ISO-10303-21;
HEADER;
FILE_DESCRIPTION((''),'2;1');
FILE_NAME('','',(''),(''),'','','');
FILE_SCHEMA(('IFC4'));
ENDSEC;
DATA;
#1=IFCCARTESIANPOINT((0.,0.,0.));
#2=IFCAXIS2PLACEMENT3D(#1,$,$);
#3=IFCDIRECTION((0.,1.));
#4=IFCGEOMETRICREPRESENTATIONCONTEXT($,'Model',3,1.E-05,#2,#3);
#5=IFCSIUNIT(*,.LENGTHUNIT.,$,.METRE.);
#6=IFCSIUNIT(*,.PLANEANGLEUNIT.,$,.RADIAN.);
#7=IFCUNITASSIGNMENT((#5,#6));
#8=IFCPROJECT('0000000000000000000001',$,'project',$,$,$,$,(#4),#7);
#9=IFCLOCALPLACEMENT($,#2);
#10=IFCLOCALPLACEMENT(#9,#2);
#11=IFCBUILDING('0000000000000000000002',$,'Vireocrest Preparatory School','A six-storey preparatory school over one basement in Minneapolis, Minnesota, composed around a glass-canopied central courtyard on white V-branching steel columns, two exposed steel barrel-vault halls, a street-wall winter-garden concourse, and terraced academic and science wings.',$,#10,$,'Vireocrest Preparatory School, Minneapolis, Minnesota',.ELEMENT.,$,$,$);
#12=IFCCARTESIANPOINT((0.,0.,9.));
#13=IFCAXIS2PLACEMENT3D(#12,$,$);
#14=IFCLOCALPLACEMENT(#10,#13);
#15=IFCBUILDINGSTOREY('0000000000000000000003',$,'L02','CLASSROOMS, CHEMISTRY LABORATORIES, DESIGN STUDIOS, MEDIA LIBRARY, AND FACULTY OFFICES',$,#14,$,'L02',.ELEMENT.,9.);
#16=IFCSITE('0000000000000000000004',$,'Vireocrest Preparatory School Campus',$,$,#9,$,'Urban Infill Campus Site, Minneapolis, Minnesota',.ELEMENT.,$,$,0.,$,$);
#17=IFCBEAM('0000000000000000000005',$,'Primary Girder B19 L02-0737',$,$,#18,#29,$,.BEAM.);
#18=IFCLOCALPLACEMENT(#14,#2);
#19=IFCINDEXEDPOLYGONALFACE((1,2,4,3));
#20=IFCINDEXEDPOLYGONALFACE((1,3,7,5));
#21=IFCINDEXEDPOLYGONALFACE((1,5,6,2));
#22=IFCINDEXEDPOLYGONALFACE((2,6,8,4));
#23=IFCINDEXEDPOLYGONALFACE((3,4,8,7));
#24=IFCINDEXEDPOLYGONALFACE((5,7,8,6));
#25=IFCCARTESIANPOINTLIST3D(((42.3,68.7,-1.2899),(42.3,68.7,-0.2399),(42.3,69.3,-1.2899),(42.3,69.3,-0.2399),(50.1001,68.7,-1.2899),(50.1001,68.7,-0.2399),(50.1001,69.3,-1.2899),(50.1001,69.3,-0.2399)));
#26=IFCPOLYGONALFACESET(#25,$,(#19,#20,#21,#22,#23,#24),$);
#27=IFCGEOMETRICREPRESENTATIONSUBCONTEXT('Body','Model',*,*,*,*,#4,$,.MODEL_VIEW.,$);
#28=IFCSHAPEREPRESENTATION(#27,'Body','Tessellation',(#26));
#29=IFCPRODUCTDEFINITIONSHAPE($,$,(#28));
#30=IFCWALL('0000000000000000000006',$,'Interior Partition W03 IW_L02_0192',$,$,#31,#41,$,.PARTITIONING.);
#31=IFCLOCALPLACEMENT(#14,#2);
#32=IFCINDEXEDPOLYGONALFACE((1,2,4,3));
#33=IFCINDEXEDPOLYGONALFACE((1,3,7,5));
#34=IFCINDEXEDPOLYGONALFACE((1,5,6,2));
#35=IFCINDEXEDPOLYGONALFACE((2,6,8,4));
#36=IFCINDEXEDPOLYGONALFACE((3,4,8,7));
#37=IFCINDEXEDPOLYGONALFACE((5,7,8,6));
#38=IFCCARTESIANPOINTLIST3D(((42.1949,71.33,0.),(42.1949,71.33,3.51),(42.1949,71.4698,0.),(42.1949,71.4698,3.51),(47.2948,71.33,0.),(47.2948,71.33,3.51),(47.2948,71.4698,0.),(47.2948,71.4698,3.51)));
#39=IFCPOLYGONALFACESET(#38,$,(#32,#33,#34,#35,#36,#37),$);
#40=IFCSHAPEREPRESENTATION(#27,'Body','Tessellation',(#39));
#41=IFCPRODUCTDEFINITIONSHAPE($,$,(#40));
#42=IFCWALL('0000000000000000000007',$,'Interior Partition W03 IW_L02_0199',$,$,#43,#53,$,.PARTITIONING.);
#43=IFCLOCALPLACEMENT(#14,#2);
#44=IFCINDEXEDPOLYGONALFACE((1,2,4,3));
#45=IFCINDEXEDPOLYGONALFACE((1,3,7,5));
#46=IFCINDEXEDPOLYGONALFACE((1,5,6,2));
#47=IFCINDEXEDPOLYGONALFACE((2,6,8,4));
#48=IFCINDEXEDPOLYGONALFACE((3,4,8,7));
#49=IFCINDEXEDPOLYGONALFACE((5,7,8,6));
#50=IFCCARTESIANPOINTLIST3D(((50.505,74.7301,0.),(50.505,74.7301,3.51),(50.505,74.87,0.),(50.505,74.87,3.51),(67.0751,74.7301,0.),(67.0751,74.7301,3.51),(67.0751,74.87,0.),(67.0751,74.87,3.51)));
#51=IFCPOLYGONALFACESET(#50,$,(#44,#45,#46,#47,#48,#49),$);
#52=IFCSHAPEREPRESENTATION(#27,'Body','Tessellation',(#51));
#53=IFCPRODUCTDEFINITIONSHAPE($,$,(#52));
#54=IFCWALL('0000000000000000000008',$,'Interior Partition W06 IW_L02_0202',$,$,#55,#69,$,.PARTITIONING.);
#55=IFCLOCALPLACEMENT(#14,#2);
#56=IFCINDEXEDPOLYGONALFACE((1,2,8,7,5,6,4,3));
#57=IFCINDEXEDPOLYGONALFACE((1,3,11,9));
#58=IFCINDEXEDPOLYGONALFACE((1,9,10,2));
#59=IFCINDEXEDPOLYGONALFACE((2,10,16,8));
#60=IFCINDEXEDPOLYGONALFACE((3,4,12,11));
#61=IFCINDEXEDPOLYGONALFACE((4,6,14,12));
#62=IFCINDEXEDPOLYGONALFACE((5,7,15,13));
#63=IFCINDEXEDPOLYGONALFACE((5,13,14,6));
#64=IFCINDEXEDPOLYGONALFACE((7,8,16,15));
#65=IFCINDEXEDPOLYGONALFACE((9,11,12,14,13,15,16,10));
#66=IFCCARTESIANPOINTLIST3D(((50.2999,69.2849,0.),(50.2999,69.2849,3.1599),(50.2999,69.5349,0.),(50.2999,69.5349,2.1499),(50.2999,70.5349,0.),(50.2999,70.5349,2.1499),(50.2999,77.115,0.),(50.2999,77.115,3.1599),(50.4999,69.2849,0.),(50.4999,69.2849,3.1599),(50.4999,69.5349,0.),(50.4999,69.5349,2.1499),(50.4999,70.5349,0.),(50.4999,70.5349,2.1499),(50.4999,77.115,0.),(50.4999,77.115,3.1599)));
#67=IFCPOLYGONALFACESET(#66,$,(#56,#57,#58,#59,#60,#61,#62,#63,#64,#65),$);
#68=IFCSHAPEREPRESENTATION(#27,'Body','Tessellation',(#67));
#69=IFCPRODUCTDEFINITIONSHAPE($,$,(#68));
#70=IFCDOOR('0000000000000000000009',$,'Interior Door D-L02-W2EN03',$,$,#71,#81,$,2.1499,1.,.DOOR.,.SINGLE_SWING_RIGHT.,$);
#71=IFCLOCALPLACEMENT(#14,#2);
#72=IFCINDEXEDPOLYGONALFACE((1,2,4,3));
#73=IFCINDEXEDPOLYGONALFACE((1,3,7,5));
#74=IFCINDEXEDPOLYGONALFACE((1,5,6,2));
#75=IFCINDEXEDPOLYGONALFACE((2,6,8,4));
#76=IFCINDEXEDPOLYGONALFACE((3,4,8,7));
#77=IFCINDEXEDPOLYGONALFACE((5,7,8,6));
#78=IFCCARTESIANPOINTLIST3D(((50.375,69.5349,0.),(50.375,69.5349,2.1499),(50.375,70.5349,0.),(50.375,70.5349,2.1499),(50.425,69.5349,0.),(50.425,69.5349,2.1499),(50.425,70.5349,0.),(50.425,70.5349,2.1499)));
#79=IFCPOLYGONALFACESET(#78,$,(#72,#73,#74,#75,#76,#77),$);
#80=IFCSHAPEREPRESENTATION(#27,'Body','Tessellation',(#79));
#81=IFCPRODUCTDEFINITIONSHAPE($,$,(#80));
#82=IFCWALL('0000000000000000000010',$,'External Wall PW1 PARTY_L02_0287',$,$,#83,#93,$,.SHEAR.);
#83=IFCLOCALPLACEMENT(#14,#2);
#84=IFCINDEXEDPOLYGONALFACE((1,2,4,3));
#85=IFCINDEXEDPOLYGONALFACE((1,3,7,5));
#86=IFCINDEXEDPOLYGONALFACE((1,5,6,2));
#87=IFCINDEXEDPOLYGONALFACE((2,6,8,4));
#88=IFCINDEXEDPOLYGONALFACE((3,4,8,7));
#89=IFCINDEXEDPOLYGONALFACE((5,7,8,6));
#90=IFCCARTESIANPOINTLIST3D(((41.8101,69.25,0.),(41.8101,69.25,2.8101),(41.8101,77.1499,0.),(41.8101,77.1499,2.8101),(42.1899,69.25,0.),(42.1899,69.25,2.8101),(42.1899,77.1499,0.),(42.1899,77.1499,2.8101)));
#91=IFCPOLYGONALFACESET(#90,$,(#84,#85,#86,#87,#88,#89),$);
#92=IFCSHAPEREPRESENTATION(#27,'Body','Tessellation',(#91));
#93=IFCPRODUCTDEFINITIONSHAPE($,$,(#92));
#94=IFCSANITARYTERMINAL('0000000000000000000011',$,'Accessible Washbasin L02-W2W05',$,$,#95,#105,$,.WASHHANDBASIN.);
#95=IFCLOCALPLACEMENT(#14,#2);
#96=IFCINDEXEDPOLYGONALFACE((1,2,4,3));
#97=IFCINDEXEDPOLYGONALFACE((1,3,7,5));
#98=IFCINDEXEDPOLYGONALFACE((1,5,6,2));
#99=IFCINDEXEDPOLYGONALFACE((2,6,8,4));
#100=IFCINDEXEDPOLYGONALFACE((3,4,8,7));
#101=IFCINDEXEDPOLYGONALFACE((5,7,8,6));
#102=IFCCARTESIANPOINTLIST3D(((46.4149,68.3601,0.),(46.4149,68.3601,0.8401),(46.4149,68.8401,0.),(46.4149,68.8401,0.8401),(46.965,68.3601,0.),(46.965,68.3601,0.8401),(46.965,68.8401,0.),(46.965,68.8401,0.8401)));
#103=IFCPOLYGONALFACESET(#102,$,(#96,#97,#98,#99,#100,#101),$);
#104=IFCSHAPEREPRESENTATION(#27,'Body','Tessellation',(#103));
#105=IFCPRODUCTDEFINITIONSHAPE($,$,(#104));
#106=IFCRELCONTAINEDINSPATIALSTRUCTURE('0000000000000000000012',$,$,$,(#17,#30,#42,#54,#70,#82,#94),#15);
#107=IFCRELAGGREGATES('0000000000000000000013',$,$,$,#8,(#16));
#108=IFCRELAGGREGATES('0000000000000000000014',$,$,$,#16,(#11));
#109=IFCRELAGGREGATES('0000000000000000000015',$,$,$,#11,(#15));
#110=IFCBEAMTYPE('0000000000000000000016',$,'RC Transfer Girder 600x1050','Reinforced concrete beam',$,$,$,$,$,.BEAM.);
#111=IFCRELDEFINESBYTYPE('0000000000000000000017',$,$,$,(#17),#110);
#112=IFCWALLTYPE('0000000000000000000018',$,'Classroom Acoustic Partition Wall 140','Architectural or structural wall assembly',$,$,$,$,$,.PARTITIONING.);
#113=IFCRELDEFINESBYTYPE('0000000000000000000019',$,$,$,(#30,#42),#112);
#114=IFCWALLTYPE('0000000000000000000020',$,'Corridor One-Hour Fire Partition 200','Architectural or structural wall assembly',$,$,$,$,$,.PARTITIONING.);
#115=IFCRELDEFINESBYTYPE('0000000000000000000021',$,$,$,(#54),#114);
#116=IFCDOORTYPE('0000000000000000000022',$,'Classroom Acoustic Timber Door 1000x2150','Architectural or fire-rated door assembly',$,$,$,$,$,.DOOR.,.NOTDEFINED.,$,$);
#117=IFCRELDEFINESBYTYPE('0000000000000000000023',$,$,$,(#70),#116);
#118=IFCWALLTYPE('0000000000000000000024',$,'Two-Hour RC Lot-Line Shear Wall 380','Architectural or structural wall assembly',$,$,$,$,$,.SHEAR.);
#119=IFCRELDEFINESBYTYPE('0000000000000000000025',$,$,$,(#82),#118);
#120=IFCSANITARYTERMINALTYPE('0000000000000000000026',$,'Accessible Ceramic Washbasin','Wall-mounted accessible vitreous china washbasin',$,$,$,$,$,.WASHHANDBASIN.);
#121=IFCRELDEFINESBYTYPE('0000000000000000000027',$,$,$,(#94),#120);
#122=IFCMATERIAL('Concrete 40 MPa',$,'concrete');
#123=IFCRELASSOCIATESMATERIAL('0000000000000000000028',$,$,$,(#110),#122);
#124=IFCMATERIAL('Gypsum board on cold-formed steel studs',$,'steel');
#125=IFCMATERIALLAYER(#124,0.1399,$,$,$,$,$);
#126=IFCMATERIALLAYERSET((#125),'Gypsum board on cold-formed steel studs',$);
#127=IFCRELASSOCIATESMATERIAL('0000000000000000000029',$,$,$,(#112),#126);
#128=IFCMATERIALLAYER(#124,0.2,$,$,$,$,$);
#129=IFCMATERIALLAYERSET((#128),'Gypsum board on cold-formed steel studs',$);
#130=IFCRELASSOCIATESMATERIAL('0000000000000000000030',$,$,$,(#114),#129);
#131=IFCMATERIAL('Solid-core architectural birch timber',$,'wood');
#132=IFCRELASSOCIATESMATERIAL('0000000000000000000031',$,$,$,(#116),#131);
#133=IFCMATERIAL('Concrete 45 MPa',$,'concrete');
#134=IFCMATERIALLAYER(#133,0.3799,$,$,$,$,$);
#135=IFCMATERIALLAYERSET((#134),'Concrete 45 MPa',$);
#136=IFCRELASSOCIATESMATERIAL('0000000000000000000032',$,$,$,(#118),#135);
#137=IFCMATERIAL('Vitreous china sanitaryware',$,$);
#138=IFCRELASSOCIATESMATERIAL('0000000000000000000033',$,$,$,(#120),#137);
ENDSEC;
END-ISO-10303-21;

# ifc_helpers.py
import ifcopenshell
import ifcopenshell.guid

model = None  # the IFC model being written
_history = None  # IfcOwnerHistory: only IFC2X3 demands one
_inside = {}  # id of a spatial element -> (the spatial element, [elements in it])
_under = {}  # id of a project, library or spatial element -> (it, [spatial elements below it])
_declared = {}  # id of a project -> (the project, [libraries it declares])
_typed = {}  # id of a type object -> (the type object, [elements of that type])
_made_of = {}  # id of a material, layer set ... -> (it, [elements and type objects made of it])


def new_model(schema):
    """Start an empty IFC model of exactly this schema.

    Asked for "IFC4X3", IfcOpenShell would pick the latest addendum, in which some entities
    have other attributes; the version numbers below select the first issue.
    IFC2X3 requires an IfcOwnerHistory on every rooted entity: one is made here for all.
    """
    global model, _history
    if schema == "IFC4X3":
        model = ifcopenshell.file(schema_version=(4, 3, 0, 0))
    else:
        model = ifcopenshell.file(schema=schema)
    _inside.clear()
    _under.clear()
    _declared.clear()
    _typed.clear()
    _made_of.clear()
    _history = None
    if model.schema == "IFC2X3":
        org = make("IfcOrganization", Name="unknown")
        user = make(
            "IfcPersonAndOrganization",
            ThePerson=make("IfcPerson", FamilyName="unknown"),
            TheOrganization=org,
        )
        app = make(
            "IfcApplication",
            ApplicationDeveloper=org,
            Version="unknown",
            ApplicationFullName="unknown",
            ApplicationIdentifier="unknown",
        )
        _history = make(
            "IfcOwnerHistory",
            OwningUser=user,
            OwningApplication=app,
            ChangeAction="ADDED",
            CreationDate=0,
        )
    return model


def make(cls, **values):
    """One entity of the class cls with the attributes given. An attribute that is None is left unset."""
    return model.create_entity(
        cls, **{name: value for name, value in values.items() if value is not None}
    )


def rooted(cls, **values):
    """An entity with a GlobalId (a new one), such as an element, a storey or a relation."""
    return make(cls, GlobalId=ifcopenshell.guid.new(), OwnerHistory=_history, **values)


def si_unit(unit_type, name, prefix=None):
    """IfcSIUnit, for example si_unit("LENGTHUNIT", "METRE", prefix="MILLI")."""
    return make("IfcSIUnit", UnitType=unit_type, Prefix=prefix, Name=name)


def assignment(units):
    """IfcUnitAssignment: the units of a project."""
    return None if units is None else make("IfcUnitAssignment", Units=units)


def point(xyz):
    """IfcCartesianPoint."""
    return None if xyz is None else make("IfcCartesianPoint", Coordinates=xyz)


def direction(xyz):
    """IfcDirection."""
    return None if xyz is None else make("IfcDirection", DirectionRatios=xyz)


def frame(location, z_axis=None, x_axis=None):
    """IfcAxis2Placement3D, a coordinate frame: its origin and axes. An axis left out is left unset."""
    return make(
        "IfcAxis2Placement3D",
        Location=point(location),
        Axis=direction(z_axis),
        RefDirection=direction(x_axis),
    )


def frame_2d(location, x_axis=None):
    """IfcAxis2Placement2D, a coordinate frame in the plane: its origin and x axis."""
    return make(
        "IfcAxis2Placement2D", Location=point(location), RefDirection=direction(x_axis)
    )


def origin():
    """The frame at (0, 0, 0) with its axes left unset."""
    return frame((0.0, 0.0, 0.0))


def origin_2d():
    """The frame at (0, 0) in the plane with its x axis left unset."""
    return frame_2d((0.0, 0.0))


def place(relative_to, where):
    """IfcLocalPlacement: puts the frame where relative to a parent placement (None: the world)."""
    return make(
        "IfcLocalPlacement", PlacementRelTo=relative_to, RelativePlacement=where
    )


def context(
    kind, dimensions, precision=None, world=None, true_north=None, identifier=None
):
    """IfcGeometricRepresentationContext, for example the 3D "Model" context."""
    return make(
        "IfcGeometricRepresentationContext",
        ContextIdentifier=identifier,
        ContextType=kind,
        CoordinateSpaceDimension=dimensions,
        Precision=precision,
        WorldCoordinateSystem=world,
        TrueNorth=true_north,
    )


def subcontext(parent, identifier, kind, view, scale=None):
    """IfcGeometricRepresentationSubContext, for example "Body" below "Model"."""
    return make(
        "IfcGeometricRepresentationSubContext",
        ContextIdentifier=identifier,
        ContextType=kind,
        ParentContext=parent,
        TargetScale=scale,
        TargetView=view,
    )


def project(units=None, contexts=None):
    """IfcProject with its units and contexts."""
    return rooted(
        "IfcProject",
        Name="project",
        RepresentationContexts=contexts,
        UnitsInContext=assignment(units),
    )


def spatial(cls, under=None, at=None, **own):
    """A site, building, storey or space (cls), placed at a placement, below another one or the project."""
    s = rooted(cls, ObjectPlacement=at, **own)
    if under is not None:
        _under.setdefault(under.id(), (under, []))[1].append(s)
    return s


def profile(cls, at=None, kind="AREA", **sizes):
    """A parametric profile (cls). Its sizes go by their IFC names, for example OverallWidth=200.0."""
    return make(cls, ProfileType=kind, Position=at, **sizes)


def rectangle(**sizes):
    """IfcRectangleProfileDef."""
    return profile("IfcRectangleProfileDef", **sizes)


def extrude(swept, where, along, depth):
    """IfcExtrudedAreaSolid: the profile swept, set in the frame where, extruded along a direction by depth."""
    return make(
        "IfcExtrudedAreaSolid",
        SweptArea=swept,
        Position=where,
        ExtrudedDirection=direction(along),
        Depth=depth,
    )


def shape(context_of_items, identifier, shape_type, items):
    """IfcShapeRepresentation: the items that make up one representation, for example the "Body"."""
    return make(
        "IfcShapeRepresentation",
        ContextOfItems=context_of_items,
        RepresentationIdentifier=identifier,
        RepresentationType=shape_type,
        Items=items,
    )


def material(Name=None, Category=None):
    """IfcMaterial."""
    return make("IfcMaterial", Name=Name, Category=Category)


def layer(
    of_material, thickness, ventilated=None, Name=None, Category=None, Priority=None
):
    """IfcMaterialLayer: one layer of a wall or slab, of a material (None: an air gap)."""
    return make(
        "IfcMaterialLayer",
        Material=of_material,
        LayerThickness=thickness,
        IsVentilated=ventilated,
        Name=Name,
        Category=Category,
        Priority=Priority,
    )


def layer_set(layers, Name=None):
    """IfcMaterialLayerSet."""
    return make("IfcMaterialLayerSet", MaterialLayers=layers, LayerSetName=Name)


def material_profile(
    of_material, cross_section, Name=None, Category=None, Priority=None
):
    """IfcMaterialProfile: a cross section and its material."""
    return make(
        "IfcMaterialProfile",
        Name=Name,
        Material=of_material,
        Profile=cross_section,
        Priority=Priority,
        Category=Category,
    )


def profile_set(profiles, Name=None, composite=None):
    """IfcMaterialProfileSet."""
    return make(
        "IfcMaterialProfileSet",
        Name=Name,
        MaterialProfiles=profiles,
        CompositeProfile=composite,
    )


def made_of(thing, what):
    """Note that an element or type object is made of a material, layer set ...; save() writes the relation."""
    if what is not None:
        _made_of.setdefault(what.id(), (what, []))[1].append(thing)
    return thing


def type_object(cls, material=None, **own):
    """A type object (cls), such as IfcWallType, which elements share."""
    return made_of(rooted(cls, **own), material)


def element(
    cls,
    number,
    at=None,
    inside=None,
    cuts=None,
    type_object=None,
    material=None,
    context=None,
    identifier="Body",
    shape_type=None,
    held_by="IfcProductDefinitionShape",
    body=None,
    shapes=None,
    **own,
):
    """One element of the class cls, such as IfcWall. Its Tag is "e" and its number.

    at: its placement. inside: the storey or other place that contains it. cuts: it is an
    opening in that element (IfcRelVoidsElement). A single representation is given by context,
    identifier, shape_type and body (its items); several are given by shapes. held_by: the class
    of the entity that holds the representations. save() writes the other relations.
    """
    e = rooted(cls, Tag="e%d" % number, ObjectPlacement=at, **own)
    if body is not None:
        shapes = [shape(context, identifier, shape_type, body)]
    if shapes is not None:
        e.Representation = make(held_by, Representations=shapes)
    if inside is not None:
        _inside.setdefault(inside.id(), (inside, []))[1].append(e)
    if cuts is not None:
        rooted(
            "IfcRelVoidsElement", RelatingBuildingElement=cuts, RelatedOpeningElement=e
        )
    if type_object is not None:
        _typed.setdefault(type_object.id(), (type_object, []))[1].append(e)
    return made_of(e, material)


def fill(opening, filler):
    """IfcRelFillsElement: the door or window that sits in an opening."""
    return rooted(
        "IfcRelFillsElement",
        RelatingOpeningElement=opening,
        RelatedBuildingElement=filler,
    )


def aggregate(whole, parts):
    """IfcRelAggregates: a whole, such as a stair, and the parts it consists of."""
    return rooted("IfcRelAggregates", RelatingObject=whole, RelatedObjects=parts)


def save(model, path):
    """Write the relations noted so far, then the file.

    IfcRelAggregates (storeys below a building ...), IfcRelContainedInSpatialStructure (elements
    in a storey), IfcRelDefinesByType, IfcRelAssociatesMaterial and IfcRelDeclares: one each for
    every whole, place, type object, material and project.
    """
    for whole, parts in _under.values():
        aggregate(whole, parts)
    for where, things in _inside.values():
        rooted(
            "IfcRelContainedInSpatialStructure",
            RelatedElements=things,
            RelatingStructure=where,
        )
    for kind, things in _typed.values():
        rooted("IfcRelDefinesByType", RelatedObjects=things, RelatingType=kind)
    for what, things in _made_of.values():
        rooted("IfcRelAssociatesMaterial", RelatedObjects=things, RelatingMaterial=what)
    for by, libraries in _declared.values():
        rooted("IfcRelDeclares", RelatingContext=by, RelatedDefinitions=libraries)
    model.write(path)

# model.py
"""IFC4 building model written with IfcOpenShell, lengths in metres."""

from ifc_helpers import new_model, si_unit, direction, frame, frame_2d, origin, origin_2d, place, context, subcontext, project, spatial, rectangle, extrude, material, layer, layer_set, material_profile, profile_set, type_object, element, fill, save


model = new_model("IFC4")

# Units and contexts
model_context = context("Model", 3, precision=1e-05, world=origin(), true_north=direction((0.0, 1.0)))
body_context = subcontext(model_context, "Body", "Model", "MODEL_VIEW")
ifc_project = project(units=[si_unit("LENGTHUNIT", "METRE"), si_unit("PLANEANGLEUNIT", "RADIAN")], contexts=[model_context])

# Site, building, storey
site_placement = place(None, origin())
site = spatial("IfcSite", under=ifc_project, at=site_placement, Name="Vireocrest Preparatory School Campus", LongName="Urban Infill Campus Site, Minneapolis, Minnesota", CompositionType="ELEMENT", RefElevation=0.0)
building_placement = place(site_placement, origin())
building = spatial("IfcBuilding", under=site, at=building_placement, Name="Vireocrest Preparatory School", Description="A six-storey preparatory school over one basement in Minneapolis, Minnesota, composed around a glass-canopied central courtyard on white V-branching steel columns, two exposed steel barrel-vault halls, a street-wall winter-garden concourse, and terraced academic and science wings.", LongName="Vireocrest Preparatory School, Minneapolis, Minnesota", CompositionType="ELEMENT")
storey_placement = place(building_placement, frame((0.0, 0.0, 9.0)))
storey = spatial("IfcBuildingStorey", under=building, at=storey_placement, Name="L02", Description="CLASSROOMS, CHEMISTRY LABORATORIES, DESIGN STUDIOS, MEDIA LIBRARY, AND FACULTY OFFICES", LongName="L02", CompositionType="ELEMENT", Elevation=9.0)

# Shared definitions
ifc_material_1 = material(Name="Concrete 45 MPa", Category="concrete")

# Beam
ifc_material_2 = material(Name="Concrete 40 MPa", Category="concrete")
ifc_material_profile_1 = material_profile(ifc_material_2, rectangle(XDim=0.6001, YDim=1.05, at=origin_2d()), Name="RC 600x1050")
ifc_profile_set_1 = profile_set([ifc_material_profile_1], Name="Concrete 40 MPa")
beam_type_1 = type_object("IfcBeamType", Name="RC Transfer Girder 600x1050", Description="Reinforced concrete beam", PredefinedType="BEAM", material=ifc_profile_set_1)
beam_1_placement = place(storey_placement, frame((42.3, 69.0, -0.7649), z_axis=(1.0, 0.0, 0.0), x_axis=(0.0, 1.0, 0.0)))
element("IfcBeam", 1, at=beam_1_placement, inside=storey, type_object=beam_type_1, Name="Primary Girder B19 L02-0737", PredefinedType="BEAM", context=body_context, shape_type="SweptSolid", body=[
    extrude(rectangle(XDim=0.6001, YDim=1.05, at=origin_2d()), origin(), (0.0, 0.0, 1.0), 7.8),
])

# Walls
ifc_material_3 = material(Name="Gypsum board on cold-formed steel studs", Category="steel")
ifc_layer_1 = layer(ifc_material_3, 0.1399)
ifc_layer_set_1 = layer_set([ifc_layer_1], Name="Gypsum board on cold-formed steel studs")
wall_type_1 = type_object("IfcWallType", Name="Classroom Acoustic Partition Wall 140", Description="Architectural or structural wall assembly", PredefinedType="PARTITIONING", material=ifc_layer_set_1)
wall_1_placement = place(storey_placement, frame((42.1951, 71.3999, 0.0), z_axis=(0.0, 0.0, 1.0), x_axis=(1.0, 0.0, 0.0)))
element("IfcWall", 2, at=wall_1_placement, inside=storey, type_object=wall_type_1, Name="Interior Partition W03 IW_L02_0192", PredefinedType="PARTITIONING", context=body_context, shape_type="SweptSolid", body=[
    extrude(rectangle(XDim=5.0999, YDim=0.1399, at=frame_2d((2.5498, 0.0))), origin(), (0.0, 0.0, 1.0), 3.51),
])
wall_2_placement = place(storey_placement, frame((50.5049, 74.8, 0.0), z_axis=(0.0, 0.0, 1.0), x_axis=(1.0, 0.0, 0.0)))
element("IfcWall", 3, at=wall_2_placement, inside=storey, type_object=wall_type_1, Name="Interior Partition W03 IW_L02_0199", PredefinedType="PARTITIONING", context=body_context, shape_type="SweptSolid", body=[
    extrude(rectangle(XDim=16.5701, YDim=0.1399, at=frame_2d((8.2852, 0.0))), origin(), (0.0, 0.0, 1.0), 3.51),
])

# Wall, opening, door
ifc_layer_2 = layer(ifc_material_3, 0.2)
ifc_layer_set_2 = layer_set([ifc_layer_2], Name="Gypsum board on cold-formed steel studs")
wall_type_2 = type_object("IfcWallType", Name="Corridor One-Hour Fire Partition 200", Description="Architectural or structural wall assembly", PredefinedType="PARTITIONING", material=ifc_layer_set_2)
wall_3_placement = place(storey_placement, frame((50.3999, 69.2849, 0.0), z_axis=(0.0, 0.0, 1.0), x_axis=(0.0, 1.0, 0.0)))
wall_3 = element("IfcWall", 4, at=wall_3_placement, inside=storey, type_object=wall_type_2, Name="Interior Partition W06 IW_L02_0202", PredefinedType="PARTITIONING", context=body_context, shape_type="SweptSolid", body=[
    extrude(rectangle(XDim=7.8301, YDim=0.2, at=frame_2d((3.915, 0.0))), origin(), (0.0, 0.0, 1.0), 3.1599),
])
opening_placement = place(wall_3_placement, frame((0.25, 0.0, 0.0)))
opening = element("IfcOpeningElement", 5, at=opening_placement, cuts=wall_3, PredefinedType="OPENING", context=body_context, shape_type="SweptSolid", body=[
    extrude(rectangle(XDim=1.0, YDim=2.1499, at=frame_2d((0.5, 1.075))), frame((0.0, 0.1099, 0.0), z_axis=(0.0, -1.0, 0.0), x_axis=(1.0, 0.0, 0.0)), (0.0, 0.0, 1.0), 0.22),
])
ifc_material_4 = material(Name="Solid-core architectural birch timber", Category="wood")
door_type = type_object("IfcDoorType", Name="Classroom Acoustic Timber Door 1000x2150", Description="Architectural or fire-rated door assembly", OperationType="NOTDEFINED", PredefinedType="DOOR", material=ifc_material_4)
door_placement = place(opening_placement, origin())
door = element("IfcDoor", 6, at=door_placement, inside=storey, type_object=door_type, Name="Interior Door D-L02-W2EN03", OperationType="SINGLE_SWING_RIGHT", OverallHeight=2.1499, OverallWidth=1.0, PredefinedType="DOOR", context=body_context, shape_type="SweptSolid", body=[
    extrude(rectangle(XDim=1.0, YDim=2.1499, at=frame_2d((0.5, 1.075))), frame((0.0, 0.0249, 0.0), z_axis=(0.0, -1.0, 0.0), x_axis=(1.0, 0.0, 0.0)), (0.0, 0.0, 1.0), 0.05),
])
fill(opening, door)

# Wall
ifc_layer_3 = layer(ifc_material_1, 0.3799)
ifc_layer_set_3 = layer_set([ifc_layer_3], Name="Concrete 45 MPa")
wall_type_3 = type_object("IfcWallType", Name="Two-Hour RC Lot-Line Shear Wall 380", Description="Architectural or structural wall assembly", PredefinedType="SHEAR", material=ifc_layer_set_3)
wall_4_placement = place(storey_placement, frame((42.0, 69.25, 0.0), z_axis=(0.0, 0.0, 1.0), x_axis=(0.0, 1.0, 0.0)))
element("IfcWall", 7, at=wall_4_placement, inside=storey, type_object=wall_type_3, Name="External Wall PW1 PARTY_L02_0287", PredefinedType="SHEAR", context=body_context, shape_type="SweptSolid", body=[
    extrude(rectangle(XDim=7.8999, YDim=0.3799, at=frame_2d((3.95, 0.0))), origin(), (0.0, 0.0, 1.0), 2.8101),
])

# Sanitary terminal
ifc_material_5 = material(Name="Vitreous china sanitaryware")
sanitary_terminal_type = type_object("IfcSanitaryTerminalType", Name="Accessible Ceramic Washbasin", Description="Wall-mounted accessible vitreous china washbasin", PredefinedType="WASHHANDBASIN", material=ifc_material_5)
sanitary_terminal_placement = place(storey_placement, frame((46.6899, 68.6001, 0.0), z_axis=(0.0, 0.0, 1.0), x_axis=(1.0, 0.0, 0.0)))
element("IfcSanitaryTerminal", 8, at=sanitary_terminal_placement, inside=storey, type_object=sanitary_terminal_type, Name="Accessible Washbasin L02-W2W05", PredefinedType="WASHHANDBASIN", context=body_context, shape_type="SweptSolid", body=[
    extrude(rectangle(XDim=0.55, YDim=0.48, at=origin_2d()), origin(), (0.0, 0.0, 1.0), 0.8401),
])

save(model, "model.ifc")
